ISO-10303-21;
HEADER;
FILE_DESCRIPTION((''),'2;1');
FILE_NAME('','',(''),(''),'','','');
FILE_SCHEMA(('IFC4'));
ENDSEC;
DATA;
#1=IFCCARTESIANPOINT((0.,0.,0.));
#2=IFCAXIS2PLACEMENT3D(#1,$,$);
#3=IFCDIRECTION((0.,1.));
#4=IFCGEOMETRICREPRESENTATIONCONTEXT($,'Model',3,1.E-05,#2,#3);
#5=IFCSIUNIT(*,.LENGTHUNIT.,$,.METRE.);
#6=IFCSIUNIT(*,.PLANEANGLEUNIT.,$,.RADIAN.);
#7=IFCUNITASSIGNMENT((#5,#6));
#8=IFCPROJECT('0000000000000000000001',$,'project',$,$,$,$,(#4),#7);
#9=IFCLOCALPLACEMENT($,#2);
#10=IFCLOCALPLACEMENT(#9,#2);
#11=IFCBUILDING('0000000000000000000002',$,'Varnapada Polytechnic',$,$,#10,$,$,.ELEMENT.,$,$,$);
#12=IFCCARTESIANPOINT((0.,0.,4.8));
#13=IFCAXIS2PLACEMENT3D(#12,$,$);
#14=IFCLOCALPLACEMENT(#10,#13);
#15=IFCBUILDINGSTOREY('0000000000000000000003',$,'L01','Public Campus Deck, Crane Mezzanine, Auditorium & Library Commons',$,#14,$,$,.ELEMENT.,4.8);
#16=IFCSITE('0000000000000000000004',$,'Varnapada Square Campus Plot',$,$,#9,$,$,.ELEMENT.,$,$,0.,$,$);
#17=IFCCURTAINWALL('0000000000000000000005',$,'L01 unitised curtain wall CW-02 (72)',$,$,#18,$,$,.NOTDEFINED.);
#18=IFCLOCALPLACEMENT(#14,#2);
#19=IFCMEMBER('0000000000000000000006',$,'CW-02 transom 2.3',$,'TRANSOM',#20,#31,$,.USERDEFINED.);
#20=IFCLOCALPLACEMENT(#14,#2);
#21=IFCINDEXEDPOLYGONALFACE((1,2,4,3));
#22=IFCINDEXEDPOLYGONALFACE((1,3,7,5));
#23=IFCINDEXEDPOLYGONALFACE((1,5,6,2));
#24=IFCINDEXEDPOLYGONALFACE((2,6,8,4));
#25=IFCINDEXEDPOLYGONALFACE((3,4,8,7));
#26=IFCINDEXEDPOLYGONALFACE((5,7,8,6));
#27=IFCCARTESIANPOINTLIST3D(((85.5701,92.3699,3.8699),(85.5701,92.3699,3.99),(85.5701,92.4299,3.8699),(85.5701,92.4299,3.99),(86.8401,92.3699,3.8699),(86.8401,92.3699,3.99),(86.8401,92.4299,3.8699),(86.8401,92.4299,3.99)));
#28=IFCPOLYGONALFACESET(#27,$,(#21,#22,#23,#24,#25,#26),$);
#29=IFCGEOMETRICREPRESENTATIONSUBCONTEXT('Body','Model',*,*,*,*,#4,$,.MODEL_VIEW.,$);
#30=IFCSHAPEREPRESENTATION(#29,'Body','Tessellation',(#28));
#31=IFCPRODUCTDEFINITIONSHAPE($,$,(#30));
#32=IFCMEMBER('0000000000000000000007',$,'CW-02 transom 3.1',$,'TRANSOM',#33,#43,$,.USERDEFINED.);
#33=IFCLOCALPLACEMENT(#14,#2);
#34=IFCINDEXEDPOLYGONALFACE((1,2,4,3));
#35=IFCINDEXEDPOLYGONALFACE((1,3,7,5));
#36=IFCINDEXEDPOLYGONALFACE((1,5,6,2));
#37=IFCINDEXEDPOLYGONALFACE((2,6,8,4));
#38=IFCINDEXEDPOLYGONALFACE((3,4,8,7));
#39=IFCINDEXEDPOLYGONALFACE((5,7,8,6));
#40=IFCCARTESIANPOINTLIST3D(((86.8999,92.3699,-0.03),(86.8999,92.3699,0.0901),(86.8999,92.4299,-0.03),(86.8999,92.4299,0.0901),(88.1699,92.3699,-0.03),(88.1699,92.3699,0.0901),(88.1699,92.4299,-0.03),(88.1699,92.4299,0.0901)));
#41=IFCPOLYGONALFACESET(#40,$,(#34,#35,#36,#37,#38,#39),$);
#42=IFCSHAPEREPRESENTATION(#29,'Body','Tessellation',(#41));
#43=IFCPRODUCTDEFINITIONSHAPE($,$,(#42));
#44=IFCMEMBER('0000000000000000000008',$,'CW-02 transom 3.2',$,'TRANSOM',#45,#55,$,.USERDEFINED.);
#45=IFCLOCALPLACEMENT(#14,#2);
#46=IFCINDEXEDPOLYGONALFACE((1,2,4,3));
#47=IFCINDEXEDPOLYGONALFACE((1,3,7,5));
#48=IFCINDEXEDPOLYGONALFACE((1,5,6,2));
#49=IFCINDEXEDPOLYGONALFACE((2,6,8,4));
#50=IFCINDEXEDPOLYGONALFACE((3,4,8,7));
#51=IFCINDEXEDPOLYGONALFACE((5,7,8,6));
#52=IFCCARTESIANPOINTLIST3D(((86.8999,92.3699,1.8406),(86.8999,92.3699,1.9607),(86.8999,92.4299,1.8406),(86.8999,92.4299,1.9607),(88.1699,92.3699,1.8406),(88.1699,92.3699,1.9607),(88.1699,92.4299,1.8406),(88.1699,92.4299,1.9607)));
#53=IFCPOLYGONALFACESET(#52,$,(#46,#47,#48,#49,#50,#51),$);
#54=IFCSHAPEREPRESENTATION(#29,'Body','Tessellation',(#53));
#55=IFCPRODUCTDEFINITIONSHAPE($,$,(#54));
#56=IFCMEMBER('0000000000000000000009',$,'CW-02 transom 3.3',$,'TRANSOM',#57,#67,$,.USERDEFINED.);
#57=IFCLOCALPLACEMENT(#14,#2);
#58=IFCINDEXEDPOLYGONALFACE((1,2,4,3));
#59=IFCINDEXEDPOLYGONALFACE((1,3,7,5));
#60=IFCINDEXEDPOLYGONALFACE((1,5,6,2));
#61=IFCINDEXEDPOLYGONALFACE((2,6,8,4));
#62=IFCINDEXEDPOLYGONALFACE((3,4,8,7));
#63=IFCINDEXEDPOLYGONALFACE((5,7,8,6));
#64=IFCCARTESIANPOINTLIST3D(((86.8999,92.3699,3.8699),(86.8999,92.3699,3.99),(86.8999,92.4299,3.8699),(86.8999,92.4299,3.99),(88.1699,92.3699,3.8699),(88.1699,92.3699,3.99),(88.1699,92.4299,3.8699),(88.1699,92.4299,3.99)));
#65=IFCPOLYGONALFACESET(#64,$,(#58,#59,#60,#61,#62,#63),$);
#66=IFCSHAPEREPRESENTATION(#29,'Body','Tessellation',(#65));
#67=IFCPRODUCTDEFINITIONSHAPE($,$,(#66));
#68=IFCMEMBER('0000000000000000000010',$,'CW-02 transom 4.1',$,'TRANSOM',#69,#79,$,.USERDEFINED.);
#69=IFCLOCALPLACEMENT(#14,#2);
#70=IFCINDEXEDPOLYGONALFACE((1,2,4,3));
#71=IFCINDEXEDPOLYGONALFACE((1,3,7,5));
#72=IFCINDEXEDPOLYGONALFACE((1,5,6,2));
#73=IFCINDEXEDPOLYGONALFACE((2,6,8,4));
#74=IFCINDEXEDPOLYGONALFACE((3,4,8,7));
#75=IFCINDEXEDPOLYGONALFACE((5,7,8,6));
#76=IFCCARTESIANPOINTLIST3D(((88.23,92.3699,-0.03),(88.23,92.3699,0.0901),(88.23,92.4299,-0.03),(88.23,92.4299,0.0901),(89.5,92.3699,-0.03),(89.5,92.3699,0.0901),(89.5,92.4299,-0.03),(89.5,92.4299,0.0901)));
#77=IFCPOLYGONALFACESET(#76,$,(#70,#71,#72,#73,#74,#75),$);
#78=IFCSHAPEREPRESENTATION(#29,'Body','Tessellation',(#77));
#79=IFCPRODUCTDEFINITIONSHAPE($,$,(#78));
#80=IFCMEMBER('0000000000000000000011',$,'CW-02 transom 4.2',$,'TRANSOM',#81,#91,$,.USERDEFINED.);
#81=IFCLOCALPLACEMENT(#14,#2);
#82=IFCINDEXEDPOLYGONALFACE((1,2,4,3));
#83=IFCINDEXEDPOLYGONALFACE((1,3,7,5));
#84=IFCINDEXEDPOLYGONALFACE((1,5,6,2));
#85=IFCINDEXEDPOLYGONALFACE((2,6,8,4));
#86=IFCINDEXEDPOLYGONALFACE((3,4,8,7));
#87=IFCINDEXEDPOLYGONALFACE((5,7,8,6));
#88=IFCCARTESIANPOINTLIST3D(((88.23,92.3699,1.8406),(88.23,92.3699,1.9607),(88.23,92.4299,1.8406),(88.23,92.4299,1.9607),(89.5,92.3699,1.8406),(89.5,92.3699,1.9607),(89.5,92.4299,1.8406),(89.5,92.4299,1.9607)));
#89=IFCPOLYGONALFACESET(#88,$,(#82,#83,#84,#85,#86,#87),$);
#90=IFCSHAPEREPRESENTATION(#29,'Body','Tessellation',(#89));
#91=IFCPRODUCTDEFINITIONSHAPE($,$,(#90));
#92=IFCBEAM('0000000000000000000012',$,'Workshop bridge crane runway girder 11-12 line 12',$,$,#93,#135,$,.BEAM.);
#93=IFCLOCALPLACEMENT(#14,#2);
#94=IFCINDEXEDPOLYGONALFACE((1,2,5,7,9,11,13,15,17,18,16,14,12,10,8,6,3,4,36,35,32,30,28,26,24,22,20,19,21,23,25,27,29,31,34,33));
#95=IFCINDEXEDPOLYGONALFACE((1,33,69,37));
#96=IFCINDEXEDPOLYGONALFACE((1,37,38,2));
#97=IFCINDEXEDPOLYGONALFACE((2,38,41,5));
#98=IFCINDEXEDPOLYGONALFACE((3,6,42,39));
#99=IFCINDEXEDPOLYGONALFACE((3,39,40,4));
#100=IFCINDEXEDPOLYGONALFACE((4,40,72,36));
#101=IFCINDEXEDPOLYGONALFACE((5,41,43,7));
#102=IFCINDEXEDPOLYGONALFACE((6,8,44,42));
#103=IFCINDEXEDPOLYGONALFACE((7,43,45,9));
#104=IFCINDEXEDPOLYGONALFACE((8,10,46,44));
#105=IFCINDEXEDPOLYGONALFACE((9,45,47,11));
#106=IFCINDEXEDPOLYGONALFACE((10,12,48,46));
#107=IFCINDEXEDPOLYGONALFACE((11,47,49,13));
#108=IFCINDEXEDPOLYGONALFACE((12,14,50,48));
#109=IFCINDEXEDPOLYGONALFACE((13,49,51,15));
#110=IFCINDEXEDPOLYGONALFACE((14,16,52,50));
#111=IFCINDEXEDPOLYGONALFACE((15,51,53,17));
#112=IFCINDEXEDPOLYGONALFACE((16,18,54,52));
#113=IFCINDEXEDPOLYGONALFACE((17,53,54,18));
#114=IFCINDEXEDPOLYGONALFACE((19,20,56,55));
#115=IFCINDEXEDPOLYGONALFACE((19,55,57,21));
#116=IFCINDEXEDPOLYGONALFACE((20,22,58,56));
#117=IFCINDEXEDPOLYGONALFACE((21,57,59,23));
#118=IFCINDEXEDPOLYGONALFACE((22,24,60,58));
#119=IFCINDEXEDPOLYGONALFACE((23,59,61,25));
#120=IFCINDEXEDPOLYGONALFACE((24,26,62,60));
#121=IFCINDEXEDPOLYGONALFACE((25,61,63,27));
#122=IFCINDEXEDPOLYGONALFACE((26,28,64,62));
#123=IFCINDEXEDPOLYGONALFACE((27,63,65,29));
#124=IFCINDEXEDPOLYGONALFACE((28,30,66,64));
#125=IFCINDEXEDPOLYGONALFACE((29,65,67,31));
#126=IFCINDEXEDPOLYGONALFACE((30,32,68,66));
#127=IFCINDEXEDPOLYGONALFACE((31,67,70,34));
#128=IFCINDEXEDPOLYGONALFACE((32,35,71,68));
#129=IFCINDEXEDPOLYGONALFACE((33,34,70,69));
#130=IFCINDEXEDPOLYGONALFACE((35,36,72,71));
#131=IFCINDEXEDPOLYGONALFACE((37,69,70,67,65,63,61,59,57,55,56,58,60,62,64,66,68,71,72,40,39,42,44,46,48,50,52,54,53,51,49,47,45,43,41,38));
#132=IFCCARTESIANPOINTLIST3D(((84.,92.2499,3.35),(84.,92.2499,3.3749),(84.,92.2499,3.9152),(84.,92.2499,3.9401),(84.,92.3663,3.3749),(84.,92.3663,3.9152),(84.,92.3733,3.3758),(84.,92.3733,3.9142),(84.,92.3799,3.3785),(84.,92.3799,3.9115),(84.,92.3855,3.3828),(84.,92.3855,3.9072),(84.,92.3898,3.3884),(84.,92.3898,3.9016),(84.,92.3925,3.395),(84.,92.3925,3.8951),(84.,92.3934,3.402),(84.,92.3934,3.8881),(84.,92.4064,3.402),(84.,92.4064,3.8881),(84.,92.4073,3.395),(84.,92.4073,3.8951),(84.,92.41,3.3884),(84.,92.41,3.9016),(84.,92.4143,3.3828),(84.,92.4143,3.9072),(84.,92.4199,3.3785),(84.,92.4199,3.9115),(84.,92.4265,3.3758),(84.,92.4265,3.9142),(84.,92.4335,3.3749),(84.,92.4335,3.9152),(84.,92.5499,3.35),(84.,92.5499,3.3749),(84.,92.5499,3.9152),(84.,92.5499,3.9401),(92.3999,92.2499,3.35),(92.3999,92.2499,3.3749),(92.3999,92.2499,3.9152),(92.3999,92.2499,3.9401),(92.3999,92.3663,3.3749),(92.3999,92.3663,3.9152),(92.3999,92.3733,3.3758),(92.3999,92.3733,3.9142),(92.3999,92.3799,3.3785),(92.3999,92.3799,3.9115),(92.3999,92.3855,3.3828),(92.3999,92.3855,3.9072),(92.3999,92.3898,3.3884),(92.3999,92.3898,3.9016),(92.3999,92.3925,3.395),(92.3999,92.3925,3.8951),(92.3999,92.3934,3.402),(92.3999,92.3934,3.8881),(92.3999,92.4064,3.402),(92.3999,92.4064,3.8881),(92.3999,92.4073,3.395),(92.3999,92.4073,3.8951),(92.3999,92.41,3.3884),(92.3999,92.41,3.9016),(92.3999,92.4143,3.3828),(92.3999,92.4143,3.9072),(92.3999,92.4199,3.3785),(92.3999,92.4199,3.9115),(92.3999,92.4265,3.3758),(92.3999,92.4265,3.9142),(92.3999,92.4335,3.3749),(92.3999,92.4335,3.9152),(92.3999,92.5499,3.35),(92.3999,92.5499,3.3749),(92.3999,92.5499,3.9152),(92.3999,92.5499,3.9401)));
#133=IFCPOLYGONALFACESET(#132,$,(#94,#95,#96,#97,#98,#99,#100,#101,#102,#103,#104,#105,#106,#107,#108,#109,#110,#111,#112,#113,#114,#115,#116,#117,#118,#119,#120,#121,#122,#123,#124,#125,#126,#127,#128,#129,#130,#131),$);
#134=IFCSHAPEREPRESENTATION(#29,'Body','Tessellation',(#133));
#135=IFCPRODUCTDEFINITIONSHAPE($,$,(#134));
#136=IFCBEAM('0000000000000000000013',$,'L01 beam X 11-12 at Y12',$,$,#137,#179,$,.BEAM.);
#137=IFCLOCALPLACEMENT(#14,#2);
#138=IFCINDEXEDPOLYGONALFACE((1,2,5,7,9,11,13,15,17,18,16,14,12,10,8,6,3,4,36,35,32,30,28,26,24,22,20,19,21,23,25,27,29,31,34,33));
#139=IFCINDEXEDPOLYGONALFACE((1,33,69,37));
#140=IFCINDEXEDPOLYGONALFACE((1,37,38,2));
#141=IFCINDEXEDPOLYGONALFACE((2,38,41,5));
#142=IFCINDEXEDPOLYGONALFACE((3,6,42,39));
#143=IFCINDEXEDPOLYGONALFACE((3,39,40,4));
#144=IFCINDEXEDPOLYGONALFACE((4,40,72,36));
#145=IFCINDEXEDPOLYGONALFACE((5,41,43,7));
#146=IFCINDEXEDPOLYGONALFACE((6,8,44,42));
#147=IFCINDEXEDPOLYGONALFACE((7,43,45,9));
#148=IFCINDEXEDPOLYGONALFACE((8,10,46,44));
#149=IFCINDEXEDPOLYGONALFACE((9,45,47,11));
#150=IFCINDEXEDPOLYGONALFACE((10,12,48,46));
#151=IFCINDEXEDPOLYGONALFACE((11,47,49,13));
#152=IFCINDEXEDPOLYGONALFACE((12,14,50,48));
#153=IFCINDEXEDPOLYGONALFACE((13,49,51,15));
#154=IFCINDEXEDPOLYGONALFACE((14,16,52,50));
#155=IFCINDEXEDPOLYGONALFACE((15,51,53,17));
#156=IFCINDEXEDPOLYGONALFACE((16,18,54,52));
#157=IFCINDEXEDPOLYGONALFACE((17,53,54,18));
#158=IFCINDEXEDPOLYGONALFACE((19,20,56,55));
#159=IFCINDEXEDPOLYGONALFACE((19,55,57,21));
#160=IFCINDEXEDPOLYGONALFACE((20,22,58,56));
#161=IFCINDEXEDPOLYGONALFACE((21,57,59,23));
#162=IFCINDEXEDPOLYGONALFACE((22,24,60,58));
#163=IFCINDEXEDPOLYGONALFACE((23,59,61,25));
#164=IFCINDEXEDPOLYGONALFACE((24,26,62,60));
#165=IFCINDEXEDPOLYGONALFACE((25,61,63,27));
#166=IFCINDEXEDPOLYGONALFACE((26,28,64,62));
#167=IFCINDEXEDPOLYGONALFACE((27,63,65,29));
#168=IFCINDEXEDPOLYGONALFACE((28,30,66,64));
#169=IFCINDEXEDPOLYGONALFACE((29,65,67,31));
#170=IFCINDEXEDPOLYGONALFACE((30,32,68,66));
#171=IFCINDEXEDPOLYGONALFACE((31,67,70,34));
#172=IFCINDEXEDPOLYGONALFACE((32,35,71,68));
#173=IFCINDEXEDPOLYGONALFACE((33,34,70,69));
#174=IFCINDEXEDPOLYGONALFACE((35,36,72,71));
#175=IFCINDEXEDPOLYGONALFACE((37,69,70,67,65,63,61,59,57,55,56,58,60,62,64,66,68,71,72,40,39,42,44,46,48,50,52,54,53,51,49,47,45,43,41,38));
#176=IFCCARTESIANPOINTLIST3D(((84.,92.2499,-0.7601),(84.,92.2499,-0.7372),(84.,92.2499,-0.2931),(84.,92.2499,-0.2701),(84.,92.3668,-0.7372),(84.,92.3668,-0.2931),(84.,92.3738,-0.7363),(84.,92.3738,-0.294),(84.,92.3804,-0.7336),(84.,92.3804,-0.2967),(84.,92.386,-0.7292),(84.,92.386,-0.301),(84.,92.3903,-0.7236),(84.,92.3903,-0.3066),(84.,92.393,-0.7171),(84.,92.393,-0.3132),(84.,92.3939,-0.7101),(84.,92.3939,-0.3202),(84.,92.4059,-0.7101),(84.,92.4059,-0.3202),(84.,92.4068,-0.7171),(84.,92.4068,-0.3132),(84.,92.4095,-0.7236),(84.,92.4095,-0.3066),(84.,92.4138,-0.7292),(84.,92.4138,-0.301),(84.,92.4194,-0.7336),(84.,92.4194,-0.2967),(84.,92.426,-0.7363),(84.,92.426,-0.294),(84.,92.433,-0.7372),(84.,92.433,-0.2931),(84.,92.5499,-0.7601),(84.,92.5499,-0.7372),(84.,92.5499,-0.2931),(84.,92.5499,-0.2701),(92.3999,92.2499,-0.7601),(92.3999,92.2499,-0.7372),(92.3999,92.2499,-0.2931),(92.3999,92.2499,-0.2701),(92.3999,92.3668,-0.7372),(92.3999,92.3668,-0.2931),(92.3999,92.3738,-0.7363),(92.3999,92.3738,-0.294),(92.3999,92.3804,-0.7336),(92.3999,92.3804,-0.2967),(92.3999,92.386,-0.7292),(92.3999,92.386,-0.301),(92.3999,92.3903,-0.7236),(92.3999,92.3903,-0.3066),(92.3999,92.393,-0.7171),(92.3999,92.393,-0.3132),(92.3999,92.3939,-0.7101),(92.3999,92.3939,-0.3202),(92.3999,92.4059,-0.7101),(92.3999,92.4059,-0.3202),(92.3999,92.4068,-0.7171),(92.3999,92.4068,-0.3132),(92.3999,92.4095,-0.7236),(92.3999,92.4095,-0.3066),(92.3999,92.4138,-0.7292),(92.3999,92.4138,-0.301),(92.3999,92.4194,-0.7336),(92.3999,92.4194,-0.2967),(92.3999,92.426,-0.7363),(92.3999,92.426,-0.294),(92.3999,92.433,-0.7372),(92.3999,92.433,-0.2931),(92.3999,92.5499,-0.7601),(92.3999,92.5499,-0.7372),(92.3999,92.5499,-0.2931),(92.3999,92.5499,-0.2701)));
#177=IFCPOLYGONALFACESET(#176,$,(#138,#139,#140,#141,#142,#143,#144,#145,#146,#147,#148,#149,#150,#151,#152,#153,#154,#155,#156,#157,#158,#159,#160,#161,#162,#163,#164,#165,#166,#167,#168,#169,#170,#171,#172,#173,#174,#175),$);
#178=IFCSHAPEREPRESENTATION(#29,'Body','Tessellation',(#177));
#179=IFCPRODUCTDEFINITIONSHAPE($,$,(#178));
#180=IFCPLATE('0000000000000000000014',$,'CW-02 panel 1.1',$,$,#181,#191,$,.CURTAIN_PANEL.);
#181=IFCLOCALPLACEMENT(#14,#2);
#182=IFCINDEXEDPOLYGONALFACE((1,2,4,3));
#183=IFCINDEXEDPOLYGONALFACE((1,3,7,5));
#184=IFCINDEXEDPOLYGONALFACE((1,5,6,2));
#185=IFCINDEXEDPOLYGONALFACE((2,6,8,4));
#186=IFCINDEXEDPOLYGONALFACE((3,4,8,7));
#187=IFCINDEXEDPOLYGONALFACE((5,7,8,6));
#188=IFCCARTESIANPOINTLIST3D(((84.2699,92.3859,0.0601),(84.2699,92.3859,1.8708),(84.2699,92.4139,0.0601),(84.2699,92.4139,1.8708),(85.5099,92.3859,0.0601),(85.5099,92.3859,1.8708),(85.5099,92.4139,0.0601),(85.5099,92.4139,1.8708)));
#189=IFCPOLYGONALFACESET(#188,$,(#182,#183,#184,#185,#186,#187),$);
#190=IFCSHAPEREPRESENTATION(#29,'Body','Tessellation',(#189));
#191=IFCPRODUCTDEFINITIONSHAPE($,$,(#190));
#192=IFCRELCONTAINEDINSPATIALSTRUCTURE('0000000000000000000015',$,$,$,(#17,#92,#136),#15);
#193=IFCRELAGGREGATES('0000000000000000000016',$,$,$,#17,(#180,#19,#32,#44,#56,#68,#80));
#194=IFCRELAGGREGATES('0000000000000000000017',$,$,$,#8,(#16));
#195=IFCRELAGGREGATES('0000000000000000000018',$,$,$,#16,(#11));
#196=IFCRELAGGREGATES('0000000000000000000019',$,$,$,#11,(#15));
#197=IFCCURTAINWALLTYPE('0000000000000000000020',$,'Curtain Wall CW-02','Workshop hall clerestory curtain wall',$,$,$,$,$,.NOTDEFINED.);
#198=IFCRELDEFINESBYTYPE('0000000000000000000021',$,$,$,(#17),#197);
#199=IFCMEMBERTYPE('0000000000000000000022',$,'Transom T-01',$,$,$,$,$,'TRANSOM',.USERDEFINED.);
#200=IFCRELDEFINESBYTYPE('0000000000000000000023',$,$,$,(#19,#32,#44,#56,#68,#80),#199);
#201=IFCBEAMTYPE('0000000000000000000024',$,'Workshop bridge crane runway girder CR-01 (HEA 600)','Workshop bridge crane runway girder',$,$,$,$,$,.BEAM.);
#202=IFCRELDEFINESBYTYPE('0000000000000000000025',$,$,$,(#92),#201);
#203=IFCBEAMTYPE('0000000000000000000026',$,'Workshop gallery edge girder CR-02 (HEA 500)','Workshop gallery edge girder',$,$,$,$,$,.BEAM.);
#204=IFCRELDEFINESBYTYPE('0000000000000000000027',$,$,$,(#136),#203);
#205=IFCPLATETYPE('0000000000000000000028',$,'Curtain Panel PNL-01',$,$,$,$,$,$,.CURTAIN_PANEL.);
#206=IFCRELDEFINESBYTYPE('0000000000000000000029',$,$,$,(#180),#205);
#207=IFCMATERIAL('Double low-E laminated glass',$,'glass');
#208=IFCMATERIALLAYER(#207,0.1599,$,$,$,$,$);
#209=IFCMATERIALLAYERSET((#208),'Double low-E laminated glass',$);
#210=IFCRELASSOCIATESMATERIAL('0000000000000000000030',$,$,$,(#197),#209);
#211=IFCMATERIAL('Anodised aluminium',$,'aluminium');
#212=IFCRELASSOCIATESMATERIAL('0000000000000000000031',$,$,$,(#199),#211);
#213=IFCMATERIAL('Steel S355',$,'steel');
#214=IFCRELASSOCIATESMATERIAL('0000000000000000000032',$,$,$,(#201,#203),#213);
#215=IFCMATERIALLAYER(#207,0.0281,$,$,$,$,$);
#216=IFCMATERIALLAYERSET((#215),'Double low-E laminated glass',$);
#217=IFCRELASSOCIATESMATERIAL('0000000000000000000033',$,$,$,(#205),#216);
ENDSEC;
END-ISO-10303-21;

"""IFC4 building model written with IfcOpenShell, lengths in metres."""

from ifc_helpers import new_model, si_unit, direction, frame, origin, origin_2d, place, context, subcontext, project, spatial, rectangle, i_section, extrude, material, layer, layer_set, material_profile, profile_set, type_object, element, aggregate, save


model = new_model("IFC4")

# Units and contexts
model_context = context("Model", 3, precision=1e-05, world=origin(), true_north=direction((0.0, 1.0)))
body_context = subcontext(model_context, "Body", "Model", "MODEL_VIEW")
ifc_project = project(units=[si_unit("LENGTHUNIT", "METRE"), si_unit("PLANEANGLEUNIT", "RADIAN")], contexts=[model_context])

# Site, building, storey
site_placement = place(None, origin())
site = spatial("IfcSite", under=ifc_project, at=site_placement, Name="Varnapada Square Campus Plot", CompositionType="ELEMENT", RefElevation=0.0)
building_placement = place(site_placement, origin())
building = spatial("IfcBuilding", under=site, at=building_placement, Name="Varnapada Polytechnic", CompositionType="ELEMENT")
storey_placement = place(building_placement, frame((0.0, 0.0, 4.8)))
storey = spatial("IfcBuildingStorey", under=building, at=storey_placement, Name="L01", Description="Public Campus Deck, Crane Mezzanine, Auditorium & Library Commons", CompositionType="ELEMENT", Elevation=4.8)

# Shared definitions
ifc_material_1 = material(Name="Steel S355", Category="steel")

# Curtain wall, members
ifc_material_2 = material(Name="Double low-E laminated glass", Category="glass")
ifc_layer_1 = layer(ifc_material_2, 0.1599)
ifc_layer_set_1 = layer_set([ifc_layer_1], Name="Double low-E laminated glass")
curtain_wall_type = type_object("IfcCurtainWallType", Name="Curtain Wall CW-02", Description="Workshop hall clerestory curtain wall", PredefinedType="NOTDEFINED", material=ifc_layer_set_1)
curtain_wall_placement = place(storey_placement, origin())
curtain_wall = element("IfcCurtainWall", 1, at=curtain_wall_placement, inside=storey, type_object=curtain_wall_type, Name="L01 unitised curtain wall CW-02 (72)", PredefinedType="NOTDEFINED")
ifc_material_3 = material(Name="Anodised aluminium", Category="aluminium")
ifc_material_profile_1 = material_profile(ifc_material_3, rectangle(XDim=0.0601, YDim=0.1201, at=origin_2d()), Name="ALU T60x120")
ifc_profile_set_1 = profile_set([ifc_material_profile_1], Name="Anodised aluminium")
member_type_1 = type_object("IfcMemberType", Name="Transom T-01", ElementType="TRANSOM", PredefinedType="USERDEFINED", material=ifc_profile_set_1)
member_1_placement = place(storey_placement, frame((85.5701, 92.3999, 3.9299), z_axis=(1.0, 0.0, 0.0), x_axis=(0.0, 1.0, 0.0)))
member_1 = element("IfcMember", 2, at=member_1_placement, type_object=member_type_1, Name="CW-02 transom 2.3", ObjectType="TRANSOM", PredefinedType="USERDEFINED", context=body_context, shape_type="SweptSolid", body=[
    extrude(rectangle(XDim=0.0601, YDim=0.1201, at=origin_2d()), origin(), (0.0, 0.0, 1.0), 1.27),
])
member_2_placement = place(storey_placement, frame((86.8999, 92.3999, 0.03), z_axis=(1.0, 0.0, 0.0), x_axis=(0.0, 1.0, 0.0)))
member_2 = element("IfcMember", 3, at=member_2_placement, type_object=member_type_1, Name="CW-02 transom 3.1", ObjectType="TRANSOM", PredefinedType="USERDEFINED", context=body_context, shape_type="SweptSolid", body=[
    extrude(rectangle(XDim=0.0601, YDim=0.1201, at=origin_2d()), origin(), (0.0, 0.0, 1.0), 1.27),
])
member_3_placement = place(storey_placement, frame((86.8999, 92.3999, 1.9006), z_axis=(1.0, 0.0, 0.0), x_axis=(0.0, 1.0, 0.0)))
member_3 = element("IfcMember", 4, at=member_3_placement, type_object=member_type_1, Name="CW-02 transom 3.2", ObjectType="TRANSOM", PredefinedType="USERDEFINED", context=body_context, shape_type="SweptSolid", body=[
    extrude(rectangle(XDim=0.0601, YDim=0.1201, at=origin_2d()), origin(), (0.0, 0.0, 1.0), 1.27),
])
member_4_placement = place(storey_placement, frame((86.8999, 92.3999, 3.9299), z_axis=(1.0, 0.0, 0.0), x_axis=(0.0, 1.0, 0.0)))
member_4 = element("IfcMember", 5, at=member_4_placement, type_object=member_type_1, Name="CW-02 transom 3.3", ObjectType="TRANSOM", PredefinedType="USERDEFINED", context=body_context, shape_type="SweptSolid", body=[
    extrude(rectangle(XDim=0.0601, YDim=0.1201, at=origin_2d()), origin(), (0.0, 0.0, 1.0), 1.27),
])
member_5_placement = place(storey_placement, frame((88.23, 92.3999, 0.03), z_axis=(1.0, 0.0, 0.0), x_axis=(0.0, 1.0, 0.0)))
member_5 = element("IfcMember", 6, at=member_5_placement, type_object=member_type_1, Name="CW-02 transom 4.1", ObjectType="TRANSOM", PredefinedType="USERDEFINED", context=body_context, shape_type="SweptSolid", body=[
    extrude(rectangle(XDim=0.0601, YDim=0.1201, at=origin_2d()), origin(), (0.0, 0.0, 1.0), 1.27),
])
member_6_placement = place(storey_placement, frame((88.23, 92.3999, 1.9006), z_axis=(1.0, 0.0, 0.0), x_axis=(0.0, 1.0, 0.0)))
member_6 = element("IfcMember", 7, at=member_6_placement, type_object=member_type_1, Name="CW-02 transom 4.2", ObjectType="TRANSOM", PredefinedType="USERDEFINED", context=body_context, shape_type="SweptSolid", body=[
    extrude(rectangle(XDim=0.0601, YDim=0.1201, at=origin_2d()), origin(), (0.0, 0.0, 1.0), 1.27),
])

# Beams
ifc_material_profile_2 = material_profile(ifc_material_1, i_section(OverallWidth=0.3, OverallDepth=0.5901, WebThickness=0.0129, FlangeThickness=0.0249, FilletRadius=0.0271, at=origin_2d()), Name="HEA 600")
ifc_profile_set_2 = profile_set([ifc_material_profile_2], Name="Steel S355")
beam_type_1 = type_object("IfcBeamType", Name="Workshop bridge crane runway girder CR-01 (HEA 600)", Description="Workshop bridge crane runway girder", PredefinedType="BEAM", material=ifc_profile_set_2)
beam_1_placement = place(storey_placement, frame((84.0, 92.3999, 3.645), z_axis=(1.0, 0.0, 0.0), x_axis=(0.0, 1.0, 0.0)))
element("IfcBeam", 8, at=beam_1_placement, inside=storey, type_object=beam_type_1, Name="Workshop bridge crane runway girder 11-12 line 12", PredefinedType="BEAM", context=body_context, shape_type="SweptSolid", body=[
    extrude(i_section(OverallWidth=0.3, OverallDepth=0.5901, WebThickness=0.0129, FlangeThickness=0.0249, FilletRadius=0.0271, at=origin_2d()), origin(), (0.0, 0.0, 1.0), 8.3999),
])
ifc_material_profile_3 = material_profile(ifc_material_1, i_section(OverallWidth=0.3, OverallDepth=0.49, WebThickness=0.012, FlangeThickness=0.0229, FilletRadius=0.0271, at=origin_2d()), Name="HEA 500")
ifc_profile_set_3 = profile_set([ifc_material_profile_3], Name="Steel S355")
beam_type_2 = type_object("IfcBeamType", Name="Workshop gallery edge girder CR-02 (HEA 500)", Description="Workshop gallery edge girder", PredefinedType="BEAM", material=ifc_profile_set_3)
beam_2_placement = place(storey_placement, frame((84.0, 92.3999, -0.5151), z_axis=(1.0, 0.0, 0.0), x_axis=(0.0, 1.0, 0.0)))
element("IfcBeam", 9, at=beam_2_placement, inside=storey, type_object=beam_type_2, Name="L01 beam X 11-12 at Y12", PredefinedType="BEAM", context=body_context, shape_type="SweptSolid", body=[
    extrude(i_section(OverallWidth=0.3, OverallDepth=0.49, WebThickness=0.012, FlangeThickness=0.0229, FilletRadius=0.0271, at=origin_2d()), origin(), (0.0, 0.0, 1.0), 8.3999),
])

# Plate
ifc_layer_2 = layer(ifc_material_2, 0.0281)
ifc_layer_set_2 = layer_set([ifc_layer_2], Name="Double low-E laminated glass")
plate_type_1 = type_object("IfcPlateType", Name="Curtain Panel PNL-01", PredefinedType="CURTAIN_PANEL", material=ifc_layer_set_2)
plate_1_placement = place(storey_placement, frame((84.8899, 92.3999, 0.0601), z_axis=(0.0, 0.0, 1.0), x_axis=(1.0, 0.0, 0.0)))
plate_1 = element("IfcPlate", 10, at=plate_1_placement, type_object=plate_type_1, Name="CW-02 panel 1.1", PredefinedType="CURTAIN_PANEL", context=body_context, shape_type="SweptSolid", body=[
    extrude(rectangle(XDim=1.24, YDim=0.0281, at=origin_2d()), origin(), (0.0, 0.0, 1.0), 1.8108),
])
aggregate(curtain_wall, [plate_1, member_1, member_2, member_3, member_4, member_5, member_6])

save(model, "model.ifc")
